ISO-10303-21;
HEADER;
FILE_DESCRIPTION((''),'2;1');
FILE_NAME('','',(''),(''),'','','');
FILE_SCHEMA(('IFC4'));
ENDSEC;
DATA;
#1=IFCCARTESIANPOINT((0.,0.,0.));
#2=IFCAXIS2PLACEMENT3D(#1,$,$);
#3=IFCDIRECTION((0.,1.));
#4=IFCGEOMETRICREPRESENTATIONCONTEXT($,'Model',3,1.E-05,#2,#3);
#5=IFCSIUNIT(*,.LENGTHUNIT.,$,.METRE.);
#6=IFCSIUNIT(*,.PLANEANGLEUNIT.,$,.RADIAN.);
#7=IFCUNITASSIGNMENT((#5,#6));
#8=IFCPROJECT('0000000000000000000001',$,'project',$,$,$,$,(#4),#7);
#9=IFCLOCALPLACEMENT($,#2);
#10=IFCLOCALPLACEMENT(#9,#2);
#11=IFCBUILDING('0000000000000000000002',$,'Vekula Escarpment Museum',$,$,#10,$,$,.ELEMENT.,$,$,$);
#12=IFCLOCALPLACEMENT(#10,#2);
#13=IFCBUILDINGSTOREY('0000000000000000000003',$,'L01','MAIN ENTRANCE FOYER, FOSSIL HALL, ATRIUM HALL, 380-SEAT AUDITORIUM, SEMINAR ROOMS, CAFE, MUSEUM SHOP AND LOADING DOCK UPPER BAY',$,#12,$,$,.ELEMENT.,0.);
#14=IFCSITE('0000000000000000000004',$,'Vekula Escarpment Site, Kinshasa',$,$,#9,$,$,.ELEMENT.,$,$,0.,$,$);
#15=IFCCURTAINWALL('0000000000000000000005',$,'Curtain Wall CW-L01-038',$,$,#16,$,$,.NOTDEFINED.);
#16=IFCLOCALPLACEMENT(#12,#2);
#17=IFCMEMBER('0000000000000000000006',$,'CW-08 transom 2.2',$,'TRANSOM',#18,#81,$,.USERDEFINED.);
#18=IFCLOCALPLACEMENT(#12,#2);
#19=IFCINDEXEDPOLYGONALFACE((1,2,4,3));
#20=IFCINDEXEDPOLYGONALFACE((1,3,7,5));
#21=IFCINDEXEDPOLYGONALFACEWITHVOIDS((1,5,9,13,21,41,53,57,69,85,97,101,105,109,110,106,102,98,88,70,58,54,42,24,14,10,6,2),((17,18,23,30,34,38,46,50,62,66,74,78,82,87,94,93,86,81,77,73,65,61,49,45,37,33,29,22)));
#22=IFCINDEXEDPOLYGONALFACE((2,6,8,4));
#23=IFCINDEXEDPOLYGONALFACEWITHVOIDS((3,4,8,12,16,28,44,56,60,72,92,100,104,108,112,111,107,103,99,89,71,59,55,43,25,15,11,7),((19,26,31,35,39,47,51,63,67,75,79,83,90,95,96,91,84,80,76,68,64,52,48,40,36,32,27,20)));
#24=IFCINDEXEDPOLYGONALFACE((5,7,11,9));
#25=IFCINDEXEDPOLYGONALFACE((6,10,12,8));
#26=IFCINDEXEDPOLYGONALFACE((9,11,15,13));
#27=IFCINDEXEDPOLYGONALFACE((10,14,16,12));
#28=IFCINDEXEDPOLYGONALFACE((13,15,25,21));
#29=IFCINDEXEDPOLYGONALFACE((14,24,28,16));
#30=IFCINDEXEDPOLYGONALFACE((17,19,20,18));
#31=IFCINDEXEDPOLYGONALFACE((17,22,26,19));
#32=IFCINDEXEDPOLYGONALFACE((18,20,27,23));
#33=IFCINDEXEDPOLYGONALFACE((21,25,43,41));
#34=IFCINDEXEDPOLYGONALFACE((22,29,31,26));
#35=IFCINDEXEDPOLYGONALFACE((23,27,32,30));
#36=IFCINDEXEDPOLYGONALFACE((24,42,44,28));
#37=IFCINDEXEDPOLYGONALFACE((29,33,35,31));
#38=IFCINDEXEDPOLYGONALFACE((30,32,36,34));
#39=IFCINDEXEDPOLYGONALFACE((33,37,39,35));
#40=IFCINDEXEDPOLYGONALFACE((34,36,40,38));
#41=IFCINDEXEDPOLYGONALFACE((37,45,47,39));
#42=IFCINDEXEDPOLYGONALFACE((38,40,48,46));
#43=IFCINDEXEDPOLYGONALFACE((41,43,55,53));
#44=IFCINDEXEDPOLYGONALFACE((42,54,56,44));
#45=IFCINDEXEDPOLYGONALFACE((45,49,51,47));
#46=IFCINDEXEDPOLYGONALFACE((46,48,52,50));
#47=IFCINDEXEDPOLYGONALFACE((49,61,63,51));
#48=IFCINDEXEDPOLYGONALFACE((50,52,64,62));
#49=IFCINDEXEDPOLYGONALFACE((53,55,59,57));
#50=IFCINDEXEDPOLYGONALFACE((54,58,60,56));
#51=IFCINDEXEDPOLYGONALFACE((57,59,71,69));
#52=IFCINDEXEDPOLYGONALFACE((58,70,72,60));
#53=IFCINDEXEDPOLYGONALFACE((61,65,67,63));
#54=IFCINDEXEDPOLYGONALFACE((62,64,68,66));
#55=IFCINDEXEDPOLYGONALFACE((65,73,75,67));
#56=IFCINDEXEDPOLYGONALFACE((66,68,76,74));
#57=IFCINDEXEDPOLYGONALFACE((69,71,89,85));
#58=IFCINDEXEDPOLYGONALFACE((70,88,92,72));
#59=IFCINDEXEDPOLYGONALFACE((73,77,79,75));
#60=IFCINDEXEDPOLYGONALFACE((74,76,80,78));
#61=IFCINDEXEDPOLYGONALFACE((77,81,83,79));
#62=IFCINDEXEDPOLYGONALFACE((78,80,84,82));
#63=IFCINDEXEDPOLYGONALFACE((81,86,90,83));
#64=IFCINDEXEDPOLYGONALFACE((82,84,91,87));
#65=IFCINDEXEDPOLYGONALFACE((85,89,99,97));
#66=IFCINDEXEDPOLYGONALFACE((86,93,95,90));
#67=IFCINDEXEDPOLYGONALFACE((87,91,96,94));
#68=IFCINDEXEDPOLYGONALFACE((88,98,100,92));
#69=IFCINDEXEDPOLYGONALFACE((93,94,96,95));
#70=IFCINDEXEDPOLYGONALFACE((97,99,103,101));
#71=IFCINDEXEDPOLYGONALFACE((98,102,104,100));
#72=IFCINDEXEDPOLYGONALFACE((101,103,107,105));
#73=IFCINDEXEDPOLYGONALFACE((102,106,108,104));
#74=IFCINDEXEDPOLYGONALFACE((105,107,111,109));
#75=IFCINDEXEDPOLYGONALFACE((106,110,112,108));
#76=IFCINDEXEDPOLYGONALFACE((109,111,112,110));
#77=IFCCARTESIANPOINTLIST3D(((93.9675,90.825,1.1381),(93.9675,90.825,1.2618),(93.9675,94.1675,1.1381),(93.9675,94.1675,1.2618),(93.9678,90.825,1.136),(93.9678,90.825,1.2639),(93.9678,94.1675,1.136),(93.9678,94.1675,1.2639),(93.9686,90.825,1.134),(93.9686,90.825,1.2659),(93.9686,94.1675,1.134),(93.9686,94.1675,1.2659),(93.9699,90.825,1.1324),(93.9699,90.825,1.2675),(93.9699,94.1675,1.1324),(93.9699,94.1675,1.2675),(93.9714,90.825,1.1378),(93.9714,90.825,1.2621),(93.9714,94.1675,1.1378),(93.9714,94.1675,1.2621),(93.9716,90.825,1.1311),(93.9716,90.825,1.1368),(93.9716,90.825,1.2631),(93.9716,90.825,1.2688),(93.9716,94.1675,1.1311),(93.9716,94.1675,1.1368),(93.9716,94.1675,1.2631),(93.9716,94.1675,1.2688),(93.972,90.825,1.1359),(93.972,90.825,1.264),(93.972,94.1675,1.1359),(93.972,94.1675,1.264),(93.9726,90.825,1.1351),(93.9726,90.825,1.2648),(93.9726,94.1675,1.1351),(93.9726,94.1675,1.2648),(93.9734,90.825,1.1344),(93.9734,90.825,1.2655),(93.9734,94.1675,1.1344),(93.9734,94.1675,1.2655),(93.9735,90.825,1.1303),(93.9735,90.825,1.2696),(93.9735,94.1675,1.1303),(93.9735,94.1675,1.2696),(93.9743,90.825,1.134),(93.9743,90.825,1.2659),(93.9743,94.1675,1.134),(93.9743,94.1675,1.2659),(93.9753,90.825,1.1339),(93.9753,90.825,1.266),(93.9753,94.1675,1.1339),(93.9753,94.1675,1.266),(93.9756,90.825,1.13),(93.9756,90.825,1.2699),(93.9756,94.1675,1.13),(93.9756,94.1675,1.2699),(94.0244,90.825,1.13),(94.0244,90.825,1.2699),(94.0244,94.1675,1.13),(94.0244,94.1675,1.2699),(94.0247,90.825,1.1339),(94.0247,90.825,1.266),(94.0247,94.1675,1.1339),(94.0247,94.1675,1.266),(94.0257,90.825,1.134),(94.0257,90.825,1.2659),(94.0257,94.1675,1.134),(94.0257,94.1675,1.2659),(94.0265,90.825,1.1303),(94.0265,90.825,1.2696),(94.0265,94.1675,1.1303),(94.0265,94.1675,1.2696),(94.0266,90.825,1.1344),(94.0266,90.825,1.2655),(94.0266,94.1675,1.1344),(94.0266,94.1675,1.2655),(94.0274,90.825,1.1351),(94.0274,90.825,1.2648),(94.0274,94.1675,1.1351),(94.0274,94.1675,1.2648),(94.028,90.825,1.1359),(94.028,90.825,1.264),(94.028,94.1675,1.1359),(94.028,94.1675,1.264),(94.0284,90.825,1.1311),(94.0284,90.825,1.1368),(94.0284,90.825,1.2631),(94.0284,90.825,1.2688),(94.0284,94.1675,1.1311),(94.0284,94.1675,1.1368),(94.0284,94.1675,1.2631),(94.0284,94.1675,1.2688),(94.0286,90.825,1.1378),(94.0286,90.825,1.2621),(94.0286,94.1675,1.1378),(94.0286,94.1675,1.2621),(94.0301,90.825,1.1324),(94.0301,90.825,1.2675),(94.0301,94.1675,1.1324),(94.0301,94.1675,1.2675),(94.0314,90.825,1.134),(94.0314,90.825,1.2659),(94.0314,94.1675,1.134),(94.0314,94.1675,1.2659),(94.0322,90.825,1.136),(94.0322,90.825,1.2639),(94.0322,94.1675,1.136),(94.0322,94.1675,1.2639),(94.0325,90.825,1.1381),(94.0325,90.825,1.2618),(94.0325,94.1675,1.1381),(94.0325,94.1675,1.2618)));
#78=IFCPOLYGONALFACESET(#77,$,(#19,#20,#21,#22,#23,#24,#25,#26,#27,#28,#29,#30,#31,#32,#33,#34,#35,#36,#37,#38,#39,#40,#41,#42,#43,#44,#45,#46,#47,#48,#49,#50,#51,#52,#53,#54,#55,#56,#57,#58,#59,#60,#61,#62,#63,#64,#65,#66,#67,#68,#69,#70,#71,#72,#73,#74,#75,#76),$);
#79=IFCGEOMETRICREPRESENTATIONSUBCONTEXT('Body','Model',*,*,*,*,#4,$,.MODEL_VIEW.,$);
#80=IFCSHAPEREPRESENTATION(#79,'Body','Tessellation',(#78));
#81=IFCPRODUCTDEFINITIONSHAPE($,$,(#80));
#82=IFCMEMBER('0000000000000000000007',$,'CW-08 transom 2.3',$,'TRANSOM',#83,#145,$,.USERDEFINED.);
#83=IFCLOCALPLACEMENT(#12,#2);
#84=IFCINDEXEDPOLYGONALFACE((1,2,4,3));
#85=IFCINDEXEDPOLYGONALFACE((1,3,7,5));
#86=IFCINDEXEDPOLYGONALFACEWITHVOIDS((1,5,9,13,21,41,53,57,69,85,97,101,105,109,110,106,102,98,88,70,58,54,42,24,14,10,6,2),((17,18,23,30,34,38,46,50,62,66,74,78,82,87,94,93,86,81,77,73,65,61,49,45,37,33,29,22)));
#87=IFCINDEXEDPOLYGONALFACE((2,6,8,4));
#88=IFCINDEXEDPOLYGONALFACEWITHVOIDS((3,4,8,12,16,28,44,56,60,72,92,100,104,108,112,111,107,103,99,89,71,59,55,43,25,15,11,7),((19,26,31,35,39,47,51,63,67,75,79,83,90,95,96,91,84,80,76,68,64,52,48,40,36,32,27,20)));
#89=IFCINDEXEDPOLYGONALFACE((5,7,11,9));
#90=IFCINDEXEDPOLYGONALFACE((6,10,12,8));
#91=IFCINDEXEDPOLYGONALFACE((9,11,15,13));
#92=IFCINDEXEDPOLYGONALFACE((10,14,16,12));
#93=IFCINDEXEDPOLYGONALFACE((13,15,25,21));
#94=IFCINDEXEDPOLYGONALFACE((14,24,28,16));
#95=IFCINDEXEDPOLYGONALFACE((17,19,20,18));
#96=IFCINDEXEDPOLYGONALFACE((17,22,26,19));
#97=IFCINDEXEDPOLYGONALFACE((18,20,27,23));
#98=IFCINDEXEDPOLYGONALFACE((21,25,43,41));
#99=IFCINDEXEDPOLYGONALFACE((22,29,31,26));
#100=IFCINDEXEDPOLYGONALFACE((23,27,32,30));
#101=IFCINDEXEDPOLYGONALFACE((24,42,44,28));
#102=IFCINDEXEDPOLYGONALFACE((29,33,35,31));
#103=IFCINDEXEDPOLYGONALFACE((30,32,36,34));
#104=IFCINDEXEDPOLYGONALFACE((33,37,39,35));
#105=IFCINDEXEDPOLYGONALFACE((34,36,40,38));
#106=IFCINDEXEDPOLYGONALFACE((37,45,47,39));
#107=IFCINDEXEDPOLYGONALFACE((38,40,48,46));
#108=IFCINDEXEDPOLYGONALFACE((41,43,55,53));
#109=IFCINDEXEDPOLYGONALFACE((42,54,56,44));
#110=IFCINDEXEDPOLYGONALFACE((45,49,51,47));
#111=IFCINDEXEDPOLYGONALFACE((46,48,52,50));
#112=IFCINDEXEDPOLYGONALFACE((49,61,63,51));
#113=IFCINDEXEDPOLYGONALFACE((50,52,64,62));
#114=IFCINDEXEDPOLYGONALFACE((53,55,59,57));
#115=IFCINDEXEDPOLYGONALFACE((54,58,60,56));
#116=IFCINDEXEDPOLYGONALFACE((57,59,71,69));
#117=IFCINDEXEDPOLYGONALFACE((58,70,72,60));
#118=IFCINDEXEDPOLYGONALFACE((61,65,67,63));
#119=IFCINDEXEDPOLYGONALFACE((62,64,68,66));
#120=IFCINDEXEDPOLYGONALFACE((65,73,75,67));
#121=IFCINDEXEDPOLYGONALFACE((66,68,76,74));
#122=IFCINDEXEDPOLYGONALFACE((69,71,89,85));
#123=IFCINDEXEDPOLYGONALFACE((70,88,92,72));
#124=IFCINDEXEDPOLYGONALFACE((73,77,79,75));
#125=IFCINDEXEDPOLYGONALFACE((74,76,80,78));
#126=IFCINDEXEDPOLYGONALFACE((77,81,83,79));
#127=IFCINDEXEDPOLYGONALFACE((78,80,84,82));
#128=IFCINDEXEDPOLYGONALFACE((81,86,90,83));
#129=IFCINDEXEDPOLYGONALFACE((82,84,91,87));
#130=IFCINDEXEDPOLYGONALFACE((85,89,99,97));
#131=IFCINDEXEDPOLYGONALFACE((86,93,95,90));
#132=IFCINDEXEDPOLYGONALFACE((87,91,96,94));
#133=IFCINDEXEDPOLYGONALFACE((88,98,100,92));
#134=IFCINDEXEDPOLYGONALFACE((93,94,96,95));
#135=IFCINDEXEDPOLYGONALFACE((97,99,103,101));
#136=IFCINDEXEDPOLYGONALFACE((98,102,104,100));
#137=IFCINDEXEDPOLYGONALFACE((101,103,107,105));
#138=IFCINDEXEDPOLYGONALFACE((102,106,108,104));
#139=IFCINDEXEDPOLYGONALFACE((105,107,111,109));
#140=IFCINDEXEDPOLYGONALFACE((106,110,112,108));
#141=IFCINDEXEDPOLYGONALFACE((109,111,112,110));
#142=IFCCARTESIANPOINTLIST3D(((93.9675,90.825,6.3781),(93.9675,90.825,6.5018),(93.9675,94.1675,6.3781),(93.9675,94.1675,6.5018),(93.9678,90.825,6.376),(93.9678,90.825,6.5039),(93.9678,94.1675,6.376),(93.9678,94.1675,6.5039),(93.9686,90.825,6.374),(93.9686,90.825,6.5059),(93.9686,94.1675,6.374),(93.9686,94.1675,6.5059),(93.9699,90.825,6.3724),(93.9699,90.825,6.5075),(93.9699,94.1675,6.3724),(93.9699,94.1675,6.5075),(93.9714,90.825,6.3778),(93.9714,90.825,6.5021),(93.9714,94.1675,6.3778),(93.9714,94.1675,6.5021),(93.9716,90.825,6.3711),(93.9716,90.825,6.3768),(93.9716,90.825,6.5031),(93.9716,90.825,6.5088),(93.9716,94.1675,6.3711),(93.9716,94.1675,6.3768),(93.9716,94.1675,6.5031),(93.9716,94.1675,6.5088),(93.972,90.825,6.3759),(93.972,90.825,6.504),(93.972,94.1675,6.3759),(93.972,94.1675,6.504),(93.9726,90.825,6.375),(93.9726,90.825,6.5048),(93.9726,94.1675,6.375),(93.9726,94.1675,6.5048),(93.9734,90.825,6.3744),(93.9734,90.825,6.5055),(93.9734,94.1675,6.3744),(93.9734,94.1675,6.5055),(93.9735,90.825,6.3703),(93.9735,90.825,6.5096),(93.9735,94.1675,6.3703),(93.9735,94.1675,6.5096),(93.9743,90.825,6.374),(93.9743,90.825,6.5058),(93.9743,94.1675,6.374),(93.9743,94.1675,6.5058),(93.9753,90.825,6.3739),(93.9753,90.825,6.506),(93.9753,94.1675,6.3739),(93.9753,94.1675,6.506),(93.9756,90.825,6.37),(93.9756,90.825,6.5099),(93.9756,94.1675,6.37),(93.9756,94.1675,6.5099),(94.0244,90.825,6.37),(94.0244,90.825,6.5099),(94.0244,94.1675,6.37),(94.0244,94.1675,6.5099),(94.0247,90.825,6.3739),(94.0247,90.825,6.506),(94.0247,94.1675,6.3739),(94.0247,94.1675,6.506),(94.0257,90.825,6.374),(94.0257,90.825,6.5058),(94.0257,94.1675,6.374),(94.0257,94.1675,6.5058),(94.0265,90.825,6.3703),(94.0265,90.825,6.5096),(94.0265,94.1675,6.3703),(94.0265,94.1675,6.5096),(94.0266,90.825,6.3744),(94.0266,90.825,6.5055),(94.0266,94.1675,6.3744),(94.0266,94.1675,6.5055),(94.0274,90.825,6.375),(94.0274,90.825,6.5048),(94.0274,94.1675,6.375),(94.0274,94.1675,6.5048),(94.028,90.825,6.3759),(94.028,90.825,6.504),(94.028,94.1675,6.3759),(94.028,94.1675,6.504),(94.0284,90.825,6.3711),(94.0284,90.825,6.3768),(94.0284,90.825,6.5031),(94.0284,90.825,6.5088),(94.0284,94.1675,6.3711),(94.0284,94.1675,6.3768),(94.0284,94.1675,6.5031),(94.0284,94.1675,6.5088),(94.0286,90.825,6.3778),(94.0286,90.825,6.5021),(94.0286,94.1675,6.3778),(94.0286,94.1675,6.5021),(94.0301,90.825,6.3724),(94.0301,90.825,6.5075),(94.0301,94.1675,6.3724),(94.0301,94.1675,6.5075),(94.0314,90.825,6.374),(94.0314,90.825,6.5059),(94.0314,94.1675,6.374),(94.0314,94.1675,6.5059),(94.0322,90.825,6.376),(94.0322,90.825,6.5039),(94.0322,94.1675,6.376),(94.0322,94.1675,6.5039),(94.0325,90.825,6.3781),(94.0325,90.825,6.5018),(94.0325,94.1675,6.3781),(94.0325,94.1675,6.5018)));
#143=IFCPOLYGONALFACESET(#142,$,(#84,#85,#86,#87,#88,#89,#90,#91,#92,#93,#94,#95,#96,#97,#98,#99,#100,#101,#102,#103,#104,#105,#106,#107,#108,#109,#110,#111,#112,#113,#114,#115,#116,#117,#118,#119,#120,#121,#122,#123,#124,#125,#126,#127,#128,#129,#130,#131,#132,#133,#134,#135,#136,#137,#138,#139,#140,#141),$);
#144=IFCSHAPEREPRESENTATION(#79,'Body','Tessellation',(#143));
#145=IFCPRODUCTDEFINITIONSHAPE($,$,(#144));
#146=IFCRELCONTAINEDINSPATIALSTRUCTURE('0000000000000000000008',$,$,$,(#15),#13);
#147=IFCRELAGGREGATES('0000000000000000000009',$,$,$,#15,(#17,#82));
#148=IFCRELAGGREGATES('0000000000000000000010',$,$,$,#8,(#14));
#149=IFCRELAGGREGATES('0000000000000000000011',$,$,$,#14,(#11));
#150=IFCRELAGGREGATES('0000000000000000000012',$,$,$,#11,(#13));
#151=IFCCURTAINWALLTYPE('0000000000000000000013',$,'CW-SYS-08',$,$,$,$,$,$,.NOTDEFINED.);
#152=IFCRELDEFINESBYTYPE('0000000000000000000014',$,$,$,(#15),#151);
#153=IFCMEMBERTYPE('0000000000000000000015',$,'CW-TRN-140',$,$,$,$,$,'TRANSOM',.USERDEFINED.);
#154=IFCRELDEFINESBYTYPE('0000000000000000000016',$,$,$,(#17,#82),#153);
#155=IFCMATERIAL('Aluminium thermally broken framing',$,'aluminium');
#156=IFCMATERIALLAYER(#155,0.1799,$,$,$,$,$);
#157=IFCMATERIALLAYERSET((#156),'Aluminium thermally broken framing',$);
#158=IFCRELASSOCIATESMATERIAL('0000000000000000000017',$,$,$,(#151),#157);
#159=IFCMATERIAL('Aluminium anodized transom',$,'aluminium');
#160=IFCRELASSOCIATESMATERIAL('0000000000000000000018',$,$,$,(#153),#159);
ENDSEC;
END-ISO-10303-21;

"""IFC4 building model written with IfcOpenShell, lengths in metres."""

from ifc_helpers import new_model, si_unit, direction, frame, origin, origin_2d, place, context, subcontext, project, spatial, hollow_rectangle, extrude, material, layer, layer_set, material_profile, profile_set, type_object, element, aggregate, save


model = new_model("IFC4")

# Units and contexts
model_context = context("Model", 3, precision=1e-05, world=origin(), true_north=direction((0.0, 1.0)))
body_context = subcontext(model_context, "Body", "Model", "MODEL_VIEW")
ifc_project = project(units=[si_unit("LENGTHUNIT", "METRE"), si_unit("PLANEANGLEUNIT", "RADIAN")], contexts=[model_context])

# Site, building, storey
site_placement = place(None, origin())
site = spatial("IfcSite", under=ifc_project, at=site_placement, Name="Vekula Escarpment Site, Kinshasa", CompositionType="ELEMENT", RefElevation=0.0)
building_placement = place(site_placement, origin())
building = spatial("IfcBuilding", under=site, at=building_placement, Name="Vekula Escarpment Museum", CompositionType="ELEMENT")
storey_placement = place(building_placement, origin())
storey = spatial("IfcBuildingStorey", under=building, at=storey_placement, Name="L01", Description="MAIN ENTRANCE FOYER, FOSSIL HALL, ATRIUM HALL, 380-SEAT AUDITORIUM, SEMINAR ROOMS, CAFE, MUSEUM SHOP AND LOADING DOCK UPPER BAY", CompositionType="ELEMENT", Elevation=0.0)

# Curtain wall, members
ifc_material_1 = material(Name="Aluminium thermally broken framing", Category="aluminium")
ifc_layer_1 = layer(ifc_material_1, 0.1799)
ifc_layer_set_1 = layer_set([ifc_layer_1], Name="Aluminium thermally broken framing")
curtain_wall_type_1 = type_object("IfcCurtainWallType", Name="CW-SYS-08", PredefinedType="NOTDEFINED", material=ifc_layer_set_1)
curtain_wall_1_placement = place(storey_placement, origin())
curtain_wall_1 = element("IfcCurtainWall", 1, at=curtain_wall_1_placement, inside=storey, type_object=curtain_wall_type_1, Name="Curtain Wall CW-L01-038", PredefinedType="NOTDEFINED")
ifc_material_2 = material(Name="Aluminium anodized transom", Category="aluminium")
ifc_material_profile_1 = material_profile(ifc_material_2, hollow_rectangle(XDim=0.0649, YDim=0.1399, WallThickness=0.0039, InnerFilletRadius=0.0039, OuterFilletRadius=0.0081, at=origin_2d()), Name="ALU 140x65x4")
ifc_profile_set_1 = profile_set([ifc_material_profile_1], Name="Aluminium anodized transom")
member_type_1 = type_object("IfcMemberType", Name="CW-TRN-140", ElementType="TRANSOM", PredefinedType="USERDEFINED", material=ifc_profile_set_1)
member_1_placement = place(storey_placement, frame((94.0, 94.1675, 1.2), z_axis=(0.0, -1.0, 0.0), x_axis=(1.0, 0.0, 0.0)))
member_1 = element("IfcMember", 2, at=member_1_placement, type_object=member_type_1, Name="CW-08 transom 2.2", ObjectType="TRANSOM", PredefinedType="USERDEFINED", context=body_context, shape_type="SweptSolid", body=[
    extrude(hollow_rectangle(XDim=0.0649, YDim=0.1399, WallThickness=0.0039, InnerFilletRadius=0.0039, OuterFilletRadius=0.0081, at=origin_2d()), origin(), (0.0, 0.0, 1.0), 3.3425),
])
member_2_placement = place(storey_placement, frame((94.0, 94.1675, 6.4399), z_axis=(0.0, -1.0, 0.0), x_axis=(1.0, 0.0, 0.0)))
member_2 = element("IfcMember", 3, at=member_2_placement, type_object=member_type_1, Name="CW-08 transom 2.3", ObjectType="TRANSOM", PredefinedType="USERDEFINED", context=body_context, shape_type="SweptSolid", body=[
    extrude(hollow_rectangle(XDim=0.0649, YDim=0.1399, WallThickness=0.0039, InnerFilletRadius=0.0039, OuterFilletRadius=0.0081, at=origin_2d()), origin(), (0.0, 0.0, 1.0), 3.3425),
])

aggregate(curtain_wall_1, [member_1, member_2])

save(model, "model.ifc")
